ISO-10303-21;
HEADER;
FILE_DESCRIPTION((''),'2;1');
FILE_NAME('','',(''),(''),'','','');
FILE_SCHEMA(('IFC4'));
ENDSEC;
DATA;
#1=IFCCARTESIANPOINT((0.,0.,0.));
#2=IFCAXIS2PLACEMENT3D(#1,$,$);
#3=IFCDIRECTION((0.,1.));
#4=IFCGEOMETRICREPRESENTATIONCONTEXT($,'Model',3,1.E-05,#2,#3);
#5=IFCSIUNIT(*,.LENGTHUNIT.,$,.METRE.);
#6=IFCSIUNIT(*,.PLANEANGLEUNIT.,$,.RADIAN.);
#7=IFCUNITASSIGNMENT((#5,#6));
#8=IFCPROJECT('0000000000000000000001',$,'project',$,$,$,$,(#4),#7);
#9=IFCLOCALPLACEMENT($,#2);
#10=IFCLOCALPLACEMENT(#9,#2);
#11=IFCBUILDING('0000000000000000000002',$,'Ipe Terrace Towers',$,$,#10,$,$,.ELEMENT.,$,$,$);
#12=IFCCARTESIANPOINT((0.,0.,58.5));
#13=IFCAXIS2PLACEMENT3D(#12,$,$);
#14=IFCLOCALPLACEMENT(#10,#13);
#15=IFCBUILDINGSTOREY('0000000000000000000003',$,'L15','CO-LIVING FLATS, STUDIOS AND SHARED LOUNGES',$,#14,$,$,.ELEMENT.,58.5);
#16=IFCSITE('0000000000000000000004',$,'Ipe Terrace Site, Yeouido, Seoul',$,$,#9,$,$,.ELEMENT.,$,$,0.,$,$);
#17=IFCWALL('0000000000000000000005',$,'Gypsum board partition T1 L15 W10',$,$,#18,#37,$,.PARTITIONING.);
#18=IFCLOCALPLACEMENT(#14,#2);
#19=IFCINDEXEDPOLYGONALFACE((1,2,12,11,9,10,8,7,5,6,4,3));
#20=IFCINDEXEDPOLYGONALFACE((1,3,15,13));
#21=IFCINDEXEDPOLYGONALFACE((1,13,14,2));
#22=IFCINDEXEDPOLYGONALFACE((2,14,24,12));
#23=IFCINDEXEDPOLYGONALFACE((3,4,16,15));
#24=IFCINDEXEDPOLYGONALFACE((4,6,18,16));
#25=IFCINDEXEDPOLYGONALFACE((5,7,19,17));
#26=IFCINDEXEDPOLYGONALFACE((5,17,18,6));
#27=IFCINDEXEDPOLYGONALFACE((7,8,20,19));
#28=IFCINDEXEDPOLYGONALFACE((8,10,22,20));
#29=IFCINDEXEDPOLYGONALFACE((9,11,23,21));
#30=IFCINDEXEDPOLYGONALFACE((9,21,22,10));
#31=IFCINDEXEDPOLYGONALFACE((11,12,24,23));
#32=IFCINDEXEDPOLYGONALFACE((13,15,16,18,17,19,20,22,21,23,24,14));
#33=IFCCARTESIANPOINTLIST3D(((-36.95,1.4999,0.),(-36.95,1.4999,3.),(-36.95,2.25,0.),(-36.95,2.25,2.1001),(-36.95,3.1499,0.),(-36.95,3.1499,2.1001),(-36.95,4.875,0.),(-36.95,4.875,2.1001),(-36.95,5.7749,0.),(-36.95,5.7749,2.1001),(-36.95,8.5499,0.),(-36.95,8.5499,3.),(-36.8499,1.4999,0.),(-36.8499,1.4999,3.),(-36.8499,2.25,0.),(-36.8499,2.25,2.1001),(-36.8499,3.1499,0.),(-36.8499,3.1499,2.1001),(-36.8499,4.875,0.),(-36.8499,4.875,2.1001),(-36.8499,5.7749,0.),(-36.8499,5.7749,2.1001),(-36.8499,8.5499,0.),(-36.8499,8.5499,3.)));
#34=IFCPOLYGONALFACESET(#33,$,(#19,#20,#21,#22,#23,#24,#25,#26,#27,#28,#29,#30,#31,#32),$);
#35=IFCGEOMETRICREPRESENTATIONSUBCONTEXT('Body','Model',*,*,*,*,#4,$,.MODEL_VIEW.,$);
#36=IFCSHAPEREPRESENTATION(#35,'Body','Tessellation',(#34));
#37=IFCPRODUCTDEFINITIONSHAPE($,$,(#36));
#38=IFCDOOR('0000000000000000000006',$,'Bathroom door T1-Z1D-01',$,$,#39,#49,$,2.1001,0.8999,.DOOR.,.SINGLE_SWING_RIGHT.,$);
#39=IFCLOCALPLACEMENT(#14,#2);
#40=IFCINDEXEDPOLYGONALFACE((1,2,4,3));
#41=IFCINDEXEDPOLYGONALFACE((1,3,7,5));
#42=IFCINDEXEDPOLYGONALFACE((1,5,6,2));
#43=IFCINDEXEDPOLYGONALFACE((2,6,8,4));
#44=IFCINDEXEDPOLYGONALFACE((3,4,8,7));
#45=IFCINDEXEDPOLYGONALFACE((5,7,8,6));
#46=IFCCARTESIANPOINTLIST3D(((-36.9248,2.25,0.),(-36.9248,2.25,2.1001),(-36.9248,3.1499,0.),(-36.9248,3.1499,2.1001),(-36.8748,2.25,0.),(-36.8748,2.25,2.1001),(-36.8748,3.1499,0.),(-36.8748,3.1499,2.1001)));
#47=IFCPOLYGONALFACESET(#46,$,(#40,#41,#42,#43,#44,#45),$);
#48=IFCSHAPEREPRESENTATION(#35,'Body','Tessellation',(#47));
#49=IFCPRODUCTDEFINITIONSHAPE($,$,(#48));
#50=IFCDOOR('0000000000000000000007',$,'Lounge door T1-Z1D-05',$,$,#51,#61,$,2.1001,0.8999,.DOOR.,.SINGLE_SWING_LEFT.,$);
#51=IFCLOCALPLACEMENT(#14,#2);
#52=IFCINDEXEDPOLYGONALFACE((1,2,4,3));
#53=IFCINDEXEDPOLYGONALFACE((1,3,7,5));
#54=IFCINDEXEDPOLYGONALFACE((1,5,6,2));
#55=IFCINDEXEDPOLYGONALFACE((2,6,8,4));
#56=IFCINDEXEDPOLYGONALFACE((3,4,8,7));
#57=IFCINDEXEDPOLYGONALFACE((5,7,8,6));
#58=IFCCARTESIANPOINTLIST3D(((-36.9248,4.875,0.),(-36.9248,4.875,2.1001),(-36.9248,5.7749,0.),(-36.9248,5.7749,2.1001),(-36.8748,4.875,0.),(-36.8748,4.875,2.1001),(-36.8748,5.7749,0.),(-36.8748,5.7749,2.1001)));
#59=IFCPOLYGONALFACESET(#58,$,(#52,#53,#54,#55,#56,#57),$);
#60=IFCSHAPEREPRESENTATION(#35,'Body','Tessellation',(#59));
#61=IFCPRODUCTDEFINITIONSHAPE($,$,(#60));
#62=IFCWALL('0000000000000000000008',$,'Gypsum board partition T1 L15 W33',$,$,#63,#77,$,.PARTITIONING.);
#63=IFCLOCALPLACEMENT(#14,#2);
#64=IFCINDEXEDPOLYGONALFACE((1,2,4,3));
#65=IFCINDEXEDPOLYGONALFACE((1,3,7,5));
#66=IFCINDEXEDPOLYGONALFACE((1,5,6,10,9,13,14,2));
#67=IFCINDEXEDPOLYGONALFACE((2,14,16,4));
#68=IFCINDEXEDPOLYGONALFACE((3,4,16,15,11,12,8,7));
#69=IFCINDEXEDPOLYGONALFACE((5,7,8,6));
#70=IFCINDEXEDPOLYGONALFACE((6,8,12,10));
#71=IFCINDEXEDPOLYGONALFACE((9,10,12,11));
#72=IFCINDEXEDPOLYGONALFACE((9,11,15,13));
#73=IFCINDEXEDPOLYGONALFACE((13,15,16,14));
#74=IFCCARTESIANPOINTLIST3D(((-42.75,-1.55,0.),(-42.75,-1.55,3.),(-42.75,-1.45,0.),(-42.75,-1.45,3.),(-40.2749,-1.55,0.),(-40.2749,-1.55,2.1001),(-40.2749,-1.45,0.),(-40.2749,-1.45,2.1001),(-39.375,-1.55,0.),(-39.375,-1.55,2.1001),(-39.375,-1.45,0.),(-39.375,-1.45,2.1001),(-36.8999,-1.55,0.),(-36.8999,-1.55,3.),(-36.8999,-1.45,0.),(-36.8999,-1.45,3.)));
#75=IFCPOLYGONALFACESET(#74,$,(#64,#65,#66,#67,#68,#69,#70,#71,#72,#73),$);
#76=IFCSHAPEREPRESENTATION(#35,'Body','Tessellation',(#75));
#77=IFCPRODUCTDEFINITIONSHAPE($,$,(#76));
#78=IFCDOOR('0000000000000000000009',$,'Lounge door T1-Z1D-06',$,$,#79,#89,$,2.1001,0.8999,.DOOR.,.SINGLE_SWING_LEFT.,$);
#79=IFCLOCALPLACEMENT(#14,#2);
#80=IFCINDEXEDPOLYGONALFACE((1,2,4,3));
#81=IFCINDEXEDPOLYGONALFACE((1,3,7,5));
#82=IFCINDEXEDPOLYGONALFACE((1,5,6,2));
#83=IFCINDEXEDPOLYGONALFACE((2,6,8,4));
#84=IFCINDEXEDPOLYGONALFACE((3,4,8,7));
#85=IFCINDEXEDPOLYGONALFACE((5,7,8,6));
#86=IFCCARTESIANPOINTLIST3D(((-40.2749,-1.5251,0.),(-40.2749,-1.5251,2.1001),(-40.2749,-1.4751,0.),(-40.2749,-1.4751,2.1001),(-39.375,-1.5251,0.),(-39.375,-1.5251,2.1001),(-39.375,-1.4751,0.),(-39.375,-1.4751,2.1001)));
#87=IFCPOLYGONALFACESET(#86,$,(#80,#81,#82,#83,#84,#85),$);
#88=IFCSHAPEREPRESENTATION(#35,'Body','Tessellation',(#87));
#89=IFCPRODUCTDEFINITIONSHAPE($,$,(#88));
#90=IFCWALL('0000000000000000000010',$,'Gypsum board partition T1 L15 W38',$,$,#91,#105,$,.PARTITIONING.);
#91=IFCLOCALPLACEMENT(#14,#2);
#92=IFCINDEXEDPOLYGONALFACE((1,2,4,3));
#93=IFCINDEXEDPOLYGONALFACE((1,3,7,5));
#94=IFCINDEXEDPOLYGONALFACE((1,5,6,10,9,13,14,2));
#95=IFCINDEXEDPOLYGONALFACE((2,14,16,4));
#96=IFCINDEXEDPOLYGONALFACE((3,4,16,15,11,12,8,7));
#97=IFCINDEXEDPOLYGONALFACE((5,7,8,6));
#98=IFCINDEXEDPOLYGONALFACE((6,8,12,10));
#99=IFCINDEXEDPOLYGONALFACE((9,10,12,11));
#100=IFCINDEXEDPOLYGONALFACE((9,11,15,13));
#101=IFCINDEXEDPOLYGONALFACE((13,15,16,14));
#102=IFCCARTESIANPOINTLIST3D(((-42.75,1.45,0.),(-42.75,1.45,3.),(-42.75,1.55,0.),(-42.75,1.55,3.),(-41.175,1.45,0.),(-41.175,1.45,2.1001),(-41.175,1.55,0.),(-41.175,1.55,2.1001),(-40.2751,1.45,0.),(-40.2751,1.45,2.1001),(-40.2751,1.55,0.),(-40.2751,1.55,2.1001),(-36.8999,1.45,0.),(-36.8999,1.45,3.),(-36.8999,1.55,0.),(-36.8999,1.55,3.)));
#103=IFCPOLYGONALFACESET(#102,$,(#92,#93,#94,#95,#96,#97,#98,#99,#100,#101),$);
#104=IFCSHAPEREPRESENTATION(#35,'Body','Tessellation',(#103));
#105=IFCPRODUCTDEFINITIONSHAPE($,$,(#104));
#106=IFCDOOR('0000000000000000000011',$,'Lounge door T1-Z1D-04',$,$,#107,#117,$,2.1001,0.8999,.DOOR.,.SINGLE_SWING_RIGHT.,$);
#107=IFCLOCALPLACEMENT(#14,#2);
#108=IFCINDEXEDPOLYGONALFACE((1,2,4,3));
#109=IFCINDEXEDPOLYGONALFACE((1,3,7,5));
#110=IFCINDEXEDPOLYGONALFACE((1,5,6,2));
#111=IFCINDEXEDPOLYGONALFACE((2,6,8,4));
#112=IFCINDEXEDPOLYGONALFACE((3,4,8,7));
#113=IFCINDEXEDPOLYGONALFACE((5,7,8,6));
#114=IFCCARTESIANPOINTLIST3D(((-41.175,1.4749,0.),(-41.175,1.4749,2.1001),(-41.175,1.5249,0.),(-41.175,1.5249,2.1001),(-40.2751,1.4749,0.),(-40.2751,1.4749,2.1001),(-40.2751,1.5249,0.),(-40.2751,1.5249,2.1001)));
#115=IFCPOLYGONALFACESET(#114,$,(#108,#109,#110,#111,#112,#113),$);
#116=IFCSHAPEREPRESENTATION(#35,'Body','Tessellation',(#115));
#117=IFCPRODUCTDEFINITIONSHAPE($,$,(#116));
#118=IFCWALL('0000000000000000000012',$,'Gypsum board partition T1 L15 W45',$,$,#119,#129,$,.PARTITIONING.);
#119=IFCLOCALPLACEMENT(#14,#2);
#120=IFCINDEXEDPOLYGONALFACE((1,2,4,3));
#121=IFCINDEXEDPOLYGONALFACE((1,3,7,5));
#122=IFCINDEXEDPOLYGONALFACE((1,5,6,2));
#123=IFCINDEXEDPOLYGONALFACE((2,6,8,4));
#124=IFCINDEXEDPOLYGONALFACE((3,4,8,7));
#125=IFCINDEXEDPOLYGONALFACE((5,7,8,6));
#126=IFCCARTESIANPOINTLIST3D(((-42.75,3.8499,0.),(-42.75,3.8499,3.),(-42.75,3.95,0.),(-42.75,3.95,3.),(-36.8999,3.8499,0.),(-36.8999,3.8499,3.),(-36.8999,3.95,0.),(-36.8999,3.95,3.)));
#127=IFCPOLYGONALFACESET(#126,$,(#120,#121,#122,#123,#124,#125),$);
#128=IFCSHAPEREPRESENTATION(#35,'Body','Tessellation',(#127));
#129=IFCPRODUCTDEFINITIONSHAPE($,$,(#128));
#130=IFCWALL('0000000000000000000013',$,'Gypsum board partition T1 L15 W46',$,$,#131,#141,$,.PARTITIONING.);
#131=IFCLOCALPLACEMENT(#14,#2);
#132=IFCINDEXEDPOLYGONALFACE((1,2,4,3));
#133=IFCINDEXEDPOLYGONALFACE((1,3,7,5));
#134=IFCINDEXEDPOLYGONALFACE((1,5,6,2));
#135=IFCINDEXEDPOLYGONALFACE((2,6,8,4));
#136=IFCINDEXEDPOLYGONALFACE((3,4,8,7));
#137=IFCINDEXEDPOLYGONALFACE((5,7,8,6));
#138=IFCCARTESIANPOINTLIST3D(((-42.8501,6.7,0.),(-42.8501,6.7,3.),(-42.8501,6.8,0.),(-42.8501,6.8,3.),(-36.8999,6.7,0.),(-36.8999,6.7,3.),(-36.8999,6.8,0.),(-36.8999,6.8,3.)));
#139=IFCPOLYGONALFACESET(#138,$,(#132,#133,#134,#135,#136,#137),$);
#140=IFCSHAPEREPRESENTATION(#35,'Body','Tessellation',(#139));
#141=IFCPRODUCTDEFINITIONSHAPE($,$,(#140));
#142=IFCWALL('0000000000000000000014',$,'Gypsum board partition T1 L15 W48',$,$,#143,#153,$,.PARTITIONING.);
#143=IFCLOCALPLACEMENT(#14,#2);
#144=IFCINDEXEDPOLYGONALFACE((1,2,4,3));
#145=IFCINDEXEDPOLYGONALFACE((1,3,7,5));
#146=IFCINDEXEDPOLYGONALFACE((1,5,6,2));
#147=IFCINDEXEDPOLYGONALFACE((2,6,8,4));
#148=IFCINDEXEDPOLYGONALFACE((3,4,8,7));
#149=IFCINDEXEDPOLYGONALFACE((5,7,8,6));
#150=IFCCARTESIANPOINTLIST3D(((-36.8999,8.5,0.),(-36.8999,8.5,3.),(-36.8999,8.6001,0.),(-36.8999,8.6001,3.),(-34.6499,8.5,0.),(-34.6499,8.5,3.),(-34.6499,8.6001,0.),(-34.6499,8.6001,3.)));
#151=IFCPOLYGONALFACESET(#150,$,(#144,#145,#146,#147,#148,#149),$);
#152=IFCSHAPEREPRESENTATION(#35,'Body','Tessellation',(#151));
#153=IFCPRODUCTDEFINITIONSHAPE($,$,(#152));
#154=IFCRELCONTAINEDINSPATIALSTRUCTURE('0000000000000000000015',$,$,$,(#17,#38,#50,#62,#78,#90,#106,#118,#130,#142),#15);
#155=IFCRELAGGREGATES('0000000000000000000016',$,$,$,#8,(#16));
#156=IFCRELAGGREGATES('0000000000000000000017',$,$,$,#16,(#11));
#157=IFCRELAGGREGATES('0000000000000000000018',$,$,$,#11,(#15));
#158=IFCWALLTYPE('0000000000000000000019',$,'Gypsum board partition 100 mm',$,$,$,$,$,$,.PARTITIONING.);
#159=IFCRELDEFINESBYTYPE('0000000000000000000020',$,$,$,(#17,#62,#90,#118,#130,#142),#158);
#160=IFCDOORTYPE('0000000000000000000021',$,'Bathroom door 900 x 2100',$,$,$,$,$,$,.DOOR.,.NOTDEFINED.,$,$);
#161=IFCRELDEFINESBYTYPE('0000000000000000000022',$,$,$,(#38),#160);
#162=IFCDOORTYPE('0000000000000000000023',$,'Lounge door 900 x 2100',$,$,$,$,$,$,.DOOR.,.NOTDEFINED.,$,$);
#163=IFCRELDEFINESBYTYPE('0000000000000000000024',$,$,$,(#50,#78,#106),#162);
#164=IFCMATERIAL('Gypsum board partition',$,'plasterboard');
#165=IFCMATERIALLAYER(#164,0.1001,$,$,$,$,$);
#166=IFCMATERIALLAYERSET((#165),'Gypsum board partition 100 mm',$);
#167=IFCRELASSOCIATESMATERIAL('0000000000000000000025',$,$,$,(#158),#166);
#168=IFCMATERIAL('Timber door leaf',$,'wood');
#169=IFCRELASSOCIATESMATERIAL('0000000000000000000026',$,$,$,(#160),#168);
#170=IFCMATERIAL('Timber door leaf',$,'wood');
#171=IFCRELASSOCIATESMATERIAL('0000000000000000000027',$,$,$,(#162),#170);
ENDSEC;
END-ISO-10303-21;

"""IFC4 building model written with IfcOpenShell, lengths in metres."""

from ifc_helpers import new_model, si_unit, direction, frame, frame_2d, origin, place, context, subcontext, project, spatial, rectangle, extrude, material, layer, layer_set, type_object, element, fill, save


model = new_model("IFC4")

# Units and contexts
model_context = context("Model", 3, precision=1e-05, world=origin(), true_north=direction((0.0, 1.0)))
body_context = subcontext(model_context, "Body", "Model", "MODEL_VIEW")
ifc_project = project(units=[si_unit("LENGTHUNIT", "METRE"), si_unit("PLANEANGLEUNIT", "RADIAN")], contexts=[model_context])

# Site, building, storey
site_placement = place(None, origin())
site = spatial("IfcSite", under=ifc_project, at=site_placement, Name="Ipe Terrace Site, Yeouido, Seoul", CompositionType="ELEMENT", RefElevation=0.0)
building_placement = place(site_placement, origin())
building = spatial("IfcBuilding", under=site, at=building_placement, Name="Ipe Terrace Towers", CompositionType="ELEMENT")
storey_placement = place(building_placement, frame((0.0, 0.0, 58.5)))
storey = spatial("IfcBuildingStorey", under=building, at=storey_placement, Name="L15", Description="CO-LIVING FLATS, STUDIOS AND SHARED LOUNGES", CompositionType="ELEMENT", Elevation=58.5)

# Shared definitions
ifc_material_1 = material(Name="Gypsum board partition", Category="plasterboard")
ifc_layer_1 = layer(ifc_material_1, 0.1001)
ifc_layer_set_1 = layer_set([ifc_layer_1], Name="Gypsum board partition 100 mm")
wall_type_1 = type_object("IfcWallType", Name="Gypsum board partition 100 mm", PredefinedType="PARTITIONING", material=ifc_layer_set_1)

# Wall, openings, doors
wall_1_placement = place(storey_placement, frame((-36.8999, 1.5, 0.0), z_axis=(0.0, 0.0, 1.0), x_axis=(0.0, 1.0, 0.0)))
wall_1 = element("IfcWall", 1, at=wall_1_placement, inside=storey, type_object=wall_type_1, Name="Gypsum board partition T1 L15 W10", PredefinedType="PARTITIONING", context=body_context, shape_type="SweptSolid", body=[
    extrude(rectangle(XDim=7.05, YDim=0.1001, at=frame_2d((3.5249, 0.0))), origin(), (0.0, 0.0, 1.0), 3.0),
])
opening_1_placement = place(wall_1_placement, frame((0.75, 0.0, 0.0)))
opening_1 = element("IfcOpeningElement", 2, at=opening_1_placement, cuts=wall_1, PredefinedType="OPENING", context=body_context, shape_type="SweptSolid", body=[
    extrude(rectangle(XDim=0.8999, YDim=2.1001, at=frame_2d((0.45, 1.05))), frame((0.0, 0.0601, 0.0), z_axis=(0.0, -1.0, 0.0), x_axis=(1.0, 0.0, 0.0)), (0.0, 0.0, 1.0), 0.1201),
])
opening_2_placement = place(wall_1_placement, frame((3.375, 0.0, 0.0)))
opening_2 = element("IfcOpeningElement", 3, at=opening_2_placement, cuts=wall_1, PredefinedType="OPENING", context=body_context, shape_type="SweptSolid", body=[
    extrude(rectangle(XDim=0.8999, YDim=2.1001, at=frame_2d((0.45, 1.05))), frame((0.0, 0.0601, 0.0), z_axis=(0.0, -1.0, 0.0), x_axis=(1.0, 0.0, 0.0)), (0.0, 0.0, 1.0), 0.1201),
])
ifc_material_2 = material(Name="Timber door leaf", Category="wood")
door_type_1 = type_object("IfcDoorType", Name="Bathroom door 900 x 2100", OperationType="NOTDEFINED", PredefinedType="DOOR", material=ifc_material_2)
door_1_placement = place(opening_1_placement, origin())
door_1 = element("IfcDoor", 4, at=door_1_placement, inside=storey, type_object=door_type_1, Name="Bathroom door T1-Z1D-01", OperationType="SINGLE_SWING_RIGHT", OverallHeight=2.1001, OverallWidth=0.8999, PredefinedType="DOOR", context=body_context, shape_type="SweptSolid", body=[
    extrude(rectangle(XDim=0.8999, YDim=2.1001, at=frame_2d((0.45, 1.05))), frame((0.0, 0.0249, 0.0), z_axis=(0.0, -1.0, 0.0), x_axis=(1.0, 0.0, 0.0)), (0.0, 0.0, 1.0), 0.05),
])
fill(opening_1, door_1)
ifc_material_3 = material(Name="Timber door leaf", Category="wood")
door_type_2 = type_object("IfcDoorType", Name="Lounge door 900 x 2100", OperationType="NOTDEFINED", PredefinedType="DOOR", material=ifc_material_3)
door_2_placement = place(opening_2_placement, origin())
door_2 = element("IfcDoor", 5, at=door_2_placement, inside=storey, type_object=door_type_2, Name="Lounge door T1-Z1D-05", OperationType="SINGLE_SWING_LEFT", OverallHeight=2.1001, OverallWidth=0.8999, PredefinedType="DOOR", context=body_context, shape_type="SweptSolid", body=[
    extrude(rectangle(XDim=0.8999, YDim=2.1001, at=frame_2d((0.45, 1.05))), frame((0.0, 0.0249, 0.0), z_axis=(0.0, -1.0, 0.0), x_axis=(1.0, 0.0, 0.0)), (0.0, 0.0, 1.0), 0.05),
])
fill(opening_2, door_2)

# Walls, openings, doors
wall_2_placement = place(storey_placement, frame((-42.75, -1.5, 0.0), z_axis=(0.0, 0.0, 1.0), x_axis=(1.0, 0.0, 0.0)))
wall_2 = element("IfcWall", 6, at=wall_2_placement, inside=storey, type_object=wall_type_1, Name="Gypsum board partition T1 L15 W33", PredefinedType="PARTITIONING", context=body_context, shape_type="SweptSolid", body=[
    extrude(rectangle(XDim=5.8501, YDim=0.1001, at=frame_2d((2.925, 0.0))), origin(), (0.0, 0.0, 1.0), 3.0),
])
opening_3_placement = place(wall_2_placement, frame((2.4751, 0.0, 0.0)))
opening_3 = element("IfcOpeningElement", 7, at=opening_3_placement, cuts=wall_2, PredefinedType="OPENING", context=body_context, shape_type="SweptSolid", body=[
    extrude(rectangle(XDim=0.8999, YDim=2.1001, at=frame_2d((0.45, 1.05))), frame((0.0, 0.0601, 0.0), z_axis=(0.0, -1.0, 0.0), x_axis=(1.0, 0.0, 0.0)), (0.0, 0.0, 1.0), 0.1201),
])
door_3_placement = place(opening_3_placement, origin())
door_3 = element("IfcDoor", 8, at=door_3_placement, inside=storey, type_object=door_type_2, Name="Lounge door T1-Z1D-06", OperationType="SINGLE_SWING_LEFT", OverallHeight=2.1001, OverallWidth=0.8999, PredefinedType="DOOR", context=body_context, shape_type="SweptSolid", body=[
    extrude(rectangle(XDim=0.8999, YDim=2.1001, at=frame_2d((0.45, 1.05))), frame((0.0, 0.0249, 0.0), z_axis=(0.0, -1.0, 0.0), x_axis=(1.0, 0.0, 0.0)), (0.0, 0.0, 1.0), 0.05),
])
fill(opening_3, door_3)
wall_3_placement = place(storey_placement, frame((-42.75, 1.5, 0.0), z_axis=(0.0, 0.0, 1.0), x_axis=(1.0, 0.0, 0.0)))
wall_3 = element("IfcWall", 9, at=wall_3_placement, inside=storey, type_object=wall_type_1, Name="Gypsum board partition T1 L15 W38", PredefinedType="PARTITIONING", context=body_context, shape_type="SweptSolid", body=[
    extrude(rectangle(XDim=5.8501, YDim=0.1001, at=frame_2d((2.925, 0.0))), origin(), (0.0, 0.0, 1.0), 3.0),
])
opening_4_placement = place(wall_3_placement, frame((1.575, 0.0, 0.0)))
opening_4 = element("IfcOpeningElement", 10, at=opening_4_placement, cuts=wall_3, PredefinedType="OPENING", context=body_context, shape_type="SweptSolid", body=[
    extrude(rectangle(XDim=0.8999, YDim=2.1001, at=frame_2d((0.45, 1.05))), frame((0.0, 0.0601, 0.0), z_axis=(0.0, -1.0, 0.0), x_axis=(1.0, 0.0, 0.0)), (0.0, 0.0, 1.0), 0.1201),
])
door_4_placement = place(opening_4_placement, origin())
door_4 = element("IfcDoor", 11, at=door_4_placement, inside=storey, type_object=door_type_2, Name="Lounge door T1-Z1D-04", OperationType="SINGLE_SWING_RIGHT", OverallHeight=2.1001, OverallWidth=0.8999, PredefinedType="DOOR", context=body_context, shape_type="SweptSolid", body=[
    extrude(rectangle(XDim=0.8999, YDim=2.1001, at=frame_2d((0.45, 1.05))), frame((0.0, 0.0249, 0.0), z_axis=(0.0, -1.0, 0.0), x_axis=(1.0, 0.0, 0.0)), (0.0, 0.0, 1.0), 0.05),
])
fill(opening_4, door_4)

# Walls
wall_4_placement = place(storey_placement, frame((-42.75, 3.8999, 0.0), z_axis=(0.0, 0.0, 1.0), x_axis=(1.0, 0.0, 0.0)))
element("IfcWall", 12, at=wall_4_placement, inside=storey, type_object=wall_type_1, Name="Gypsum board partition T1 L15 W45", PredefinedType="PARTITIONING", context=body_context, shape_type="SweptSolid", body=[
    extrude(rectangle(XDim=5.8501, YDim=0.1001, at=frame_2d((2.925, 0.0))), origin(), (0.0, 0.0, 1.0), 3.0),
])
wall_5_placement = place(storey_placement, frame((-42.8501, 6.75, 0.0), z_axis=(0.0, 0.0, 1.0), x_axis=(1.0, 0.0, 0.0)))
element("IfcWall", 13, at=wall_5_placement, inside=storey, type_object=wall_type_1, Name="Gypsum board partition T1 L15 W46", PredefinedType="PARTITIONING", context=body_context, shape_type="SweptSolid", body=[
    extrude(rectangle(XDim=5.9502, YDim=0.1001, at=frame_2d((2.9751, 0.0))), origin(), (0.0, 0.0, 1.0), 3.0),
])
wall_6_placement = place(storey_placement, frame((-36.8999, 8.55, 0.0), z_axis=(0.0, 0.0, 1.0), x_axis=(1.0, 0.0, 0.0)))
element("IfcWall", 14, at=wall_6_placement, inside=storey, type_object=wall_type_1, Name="Gypsum board partition T1 L15 W48", PredefinedType="PARTITIONING", context=body_context, shape_type="SweptSolid", body=[
    extrude(rectangle(XDim=2.25, YDim=0.1001, at=frame_2d((1.125, 0.0))), origin(), (0.0, 0.0, 1.0), 3.0),
])

save(model, "model.ifc")
